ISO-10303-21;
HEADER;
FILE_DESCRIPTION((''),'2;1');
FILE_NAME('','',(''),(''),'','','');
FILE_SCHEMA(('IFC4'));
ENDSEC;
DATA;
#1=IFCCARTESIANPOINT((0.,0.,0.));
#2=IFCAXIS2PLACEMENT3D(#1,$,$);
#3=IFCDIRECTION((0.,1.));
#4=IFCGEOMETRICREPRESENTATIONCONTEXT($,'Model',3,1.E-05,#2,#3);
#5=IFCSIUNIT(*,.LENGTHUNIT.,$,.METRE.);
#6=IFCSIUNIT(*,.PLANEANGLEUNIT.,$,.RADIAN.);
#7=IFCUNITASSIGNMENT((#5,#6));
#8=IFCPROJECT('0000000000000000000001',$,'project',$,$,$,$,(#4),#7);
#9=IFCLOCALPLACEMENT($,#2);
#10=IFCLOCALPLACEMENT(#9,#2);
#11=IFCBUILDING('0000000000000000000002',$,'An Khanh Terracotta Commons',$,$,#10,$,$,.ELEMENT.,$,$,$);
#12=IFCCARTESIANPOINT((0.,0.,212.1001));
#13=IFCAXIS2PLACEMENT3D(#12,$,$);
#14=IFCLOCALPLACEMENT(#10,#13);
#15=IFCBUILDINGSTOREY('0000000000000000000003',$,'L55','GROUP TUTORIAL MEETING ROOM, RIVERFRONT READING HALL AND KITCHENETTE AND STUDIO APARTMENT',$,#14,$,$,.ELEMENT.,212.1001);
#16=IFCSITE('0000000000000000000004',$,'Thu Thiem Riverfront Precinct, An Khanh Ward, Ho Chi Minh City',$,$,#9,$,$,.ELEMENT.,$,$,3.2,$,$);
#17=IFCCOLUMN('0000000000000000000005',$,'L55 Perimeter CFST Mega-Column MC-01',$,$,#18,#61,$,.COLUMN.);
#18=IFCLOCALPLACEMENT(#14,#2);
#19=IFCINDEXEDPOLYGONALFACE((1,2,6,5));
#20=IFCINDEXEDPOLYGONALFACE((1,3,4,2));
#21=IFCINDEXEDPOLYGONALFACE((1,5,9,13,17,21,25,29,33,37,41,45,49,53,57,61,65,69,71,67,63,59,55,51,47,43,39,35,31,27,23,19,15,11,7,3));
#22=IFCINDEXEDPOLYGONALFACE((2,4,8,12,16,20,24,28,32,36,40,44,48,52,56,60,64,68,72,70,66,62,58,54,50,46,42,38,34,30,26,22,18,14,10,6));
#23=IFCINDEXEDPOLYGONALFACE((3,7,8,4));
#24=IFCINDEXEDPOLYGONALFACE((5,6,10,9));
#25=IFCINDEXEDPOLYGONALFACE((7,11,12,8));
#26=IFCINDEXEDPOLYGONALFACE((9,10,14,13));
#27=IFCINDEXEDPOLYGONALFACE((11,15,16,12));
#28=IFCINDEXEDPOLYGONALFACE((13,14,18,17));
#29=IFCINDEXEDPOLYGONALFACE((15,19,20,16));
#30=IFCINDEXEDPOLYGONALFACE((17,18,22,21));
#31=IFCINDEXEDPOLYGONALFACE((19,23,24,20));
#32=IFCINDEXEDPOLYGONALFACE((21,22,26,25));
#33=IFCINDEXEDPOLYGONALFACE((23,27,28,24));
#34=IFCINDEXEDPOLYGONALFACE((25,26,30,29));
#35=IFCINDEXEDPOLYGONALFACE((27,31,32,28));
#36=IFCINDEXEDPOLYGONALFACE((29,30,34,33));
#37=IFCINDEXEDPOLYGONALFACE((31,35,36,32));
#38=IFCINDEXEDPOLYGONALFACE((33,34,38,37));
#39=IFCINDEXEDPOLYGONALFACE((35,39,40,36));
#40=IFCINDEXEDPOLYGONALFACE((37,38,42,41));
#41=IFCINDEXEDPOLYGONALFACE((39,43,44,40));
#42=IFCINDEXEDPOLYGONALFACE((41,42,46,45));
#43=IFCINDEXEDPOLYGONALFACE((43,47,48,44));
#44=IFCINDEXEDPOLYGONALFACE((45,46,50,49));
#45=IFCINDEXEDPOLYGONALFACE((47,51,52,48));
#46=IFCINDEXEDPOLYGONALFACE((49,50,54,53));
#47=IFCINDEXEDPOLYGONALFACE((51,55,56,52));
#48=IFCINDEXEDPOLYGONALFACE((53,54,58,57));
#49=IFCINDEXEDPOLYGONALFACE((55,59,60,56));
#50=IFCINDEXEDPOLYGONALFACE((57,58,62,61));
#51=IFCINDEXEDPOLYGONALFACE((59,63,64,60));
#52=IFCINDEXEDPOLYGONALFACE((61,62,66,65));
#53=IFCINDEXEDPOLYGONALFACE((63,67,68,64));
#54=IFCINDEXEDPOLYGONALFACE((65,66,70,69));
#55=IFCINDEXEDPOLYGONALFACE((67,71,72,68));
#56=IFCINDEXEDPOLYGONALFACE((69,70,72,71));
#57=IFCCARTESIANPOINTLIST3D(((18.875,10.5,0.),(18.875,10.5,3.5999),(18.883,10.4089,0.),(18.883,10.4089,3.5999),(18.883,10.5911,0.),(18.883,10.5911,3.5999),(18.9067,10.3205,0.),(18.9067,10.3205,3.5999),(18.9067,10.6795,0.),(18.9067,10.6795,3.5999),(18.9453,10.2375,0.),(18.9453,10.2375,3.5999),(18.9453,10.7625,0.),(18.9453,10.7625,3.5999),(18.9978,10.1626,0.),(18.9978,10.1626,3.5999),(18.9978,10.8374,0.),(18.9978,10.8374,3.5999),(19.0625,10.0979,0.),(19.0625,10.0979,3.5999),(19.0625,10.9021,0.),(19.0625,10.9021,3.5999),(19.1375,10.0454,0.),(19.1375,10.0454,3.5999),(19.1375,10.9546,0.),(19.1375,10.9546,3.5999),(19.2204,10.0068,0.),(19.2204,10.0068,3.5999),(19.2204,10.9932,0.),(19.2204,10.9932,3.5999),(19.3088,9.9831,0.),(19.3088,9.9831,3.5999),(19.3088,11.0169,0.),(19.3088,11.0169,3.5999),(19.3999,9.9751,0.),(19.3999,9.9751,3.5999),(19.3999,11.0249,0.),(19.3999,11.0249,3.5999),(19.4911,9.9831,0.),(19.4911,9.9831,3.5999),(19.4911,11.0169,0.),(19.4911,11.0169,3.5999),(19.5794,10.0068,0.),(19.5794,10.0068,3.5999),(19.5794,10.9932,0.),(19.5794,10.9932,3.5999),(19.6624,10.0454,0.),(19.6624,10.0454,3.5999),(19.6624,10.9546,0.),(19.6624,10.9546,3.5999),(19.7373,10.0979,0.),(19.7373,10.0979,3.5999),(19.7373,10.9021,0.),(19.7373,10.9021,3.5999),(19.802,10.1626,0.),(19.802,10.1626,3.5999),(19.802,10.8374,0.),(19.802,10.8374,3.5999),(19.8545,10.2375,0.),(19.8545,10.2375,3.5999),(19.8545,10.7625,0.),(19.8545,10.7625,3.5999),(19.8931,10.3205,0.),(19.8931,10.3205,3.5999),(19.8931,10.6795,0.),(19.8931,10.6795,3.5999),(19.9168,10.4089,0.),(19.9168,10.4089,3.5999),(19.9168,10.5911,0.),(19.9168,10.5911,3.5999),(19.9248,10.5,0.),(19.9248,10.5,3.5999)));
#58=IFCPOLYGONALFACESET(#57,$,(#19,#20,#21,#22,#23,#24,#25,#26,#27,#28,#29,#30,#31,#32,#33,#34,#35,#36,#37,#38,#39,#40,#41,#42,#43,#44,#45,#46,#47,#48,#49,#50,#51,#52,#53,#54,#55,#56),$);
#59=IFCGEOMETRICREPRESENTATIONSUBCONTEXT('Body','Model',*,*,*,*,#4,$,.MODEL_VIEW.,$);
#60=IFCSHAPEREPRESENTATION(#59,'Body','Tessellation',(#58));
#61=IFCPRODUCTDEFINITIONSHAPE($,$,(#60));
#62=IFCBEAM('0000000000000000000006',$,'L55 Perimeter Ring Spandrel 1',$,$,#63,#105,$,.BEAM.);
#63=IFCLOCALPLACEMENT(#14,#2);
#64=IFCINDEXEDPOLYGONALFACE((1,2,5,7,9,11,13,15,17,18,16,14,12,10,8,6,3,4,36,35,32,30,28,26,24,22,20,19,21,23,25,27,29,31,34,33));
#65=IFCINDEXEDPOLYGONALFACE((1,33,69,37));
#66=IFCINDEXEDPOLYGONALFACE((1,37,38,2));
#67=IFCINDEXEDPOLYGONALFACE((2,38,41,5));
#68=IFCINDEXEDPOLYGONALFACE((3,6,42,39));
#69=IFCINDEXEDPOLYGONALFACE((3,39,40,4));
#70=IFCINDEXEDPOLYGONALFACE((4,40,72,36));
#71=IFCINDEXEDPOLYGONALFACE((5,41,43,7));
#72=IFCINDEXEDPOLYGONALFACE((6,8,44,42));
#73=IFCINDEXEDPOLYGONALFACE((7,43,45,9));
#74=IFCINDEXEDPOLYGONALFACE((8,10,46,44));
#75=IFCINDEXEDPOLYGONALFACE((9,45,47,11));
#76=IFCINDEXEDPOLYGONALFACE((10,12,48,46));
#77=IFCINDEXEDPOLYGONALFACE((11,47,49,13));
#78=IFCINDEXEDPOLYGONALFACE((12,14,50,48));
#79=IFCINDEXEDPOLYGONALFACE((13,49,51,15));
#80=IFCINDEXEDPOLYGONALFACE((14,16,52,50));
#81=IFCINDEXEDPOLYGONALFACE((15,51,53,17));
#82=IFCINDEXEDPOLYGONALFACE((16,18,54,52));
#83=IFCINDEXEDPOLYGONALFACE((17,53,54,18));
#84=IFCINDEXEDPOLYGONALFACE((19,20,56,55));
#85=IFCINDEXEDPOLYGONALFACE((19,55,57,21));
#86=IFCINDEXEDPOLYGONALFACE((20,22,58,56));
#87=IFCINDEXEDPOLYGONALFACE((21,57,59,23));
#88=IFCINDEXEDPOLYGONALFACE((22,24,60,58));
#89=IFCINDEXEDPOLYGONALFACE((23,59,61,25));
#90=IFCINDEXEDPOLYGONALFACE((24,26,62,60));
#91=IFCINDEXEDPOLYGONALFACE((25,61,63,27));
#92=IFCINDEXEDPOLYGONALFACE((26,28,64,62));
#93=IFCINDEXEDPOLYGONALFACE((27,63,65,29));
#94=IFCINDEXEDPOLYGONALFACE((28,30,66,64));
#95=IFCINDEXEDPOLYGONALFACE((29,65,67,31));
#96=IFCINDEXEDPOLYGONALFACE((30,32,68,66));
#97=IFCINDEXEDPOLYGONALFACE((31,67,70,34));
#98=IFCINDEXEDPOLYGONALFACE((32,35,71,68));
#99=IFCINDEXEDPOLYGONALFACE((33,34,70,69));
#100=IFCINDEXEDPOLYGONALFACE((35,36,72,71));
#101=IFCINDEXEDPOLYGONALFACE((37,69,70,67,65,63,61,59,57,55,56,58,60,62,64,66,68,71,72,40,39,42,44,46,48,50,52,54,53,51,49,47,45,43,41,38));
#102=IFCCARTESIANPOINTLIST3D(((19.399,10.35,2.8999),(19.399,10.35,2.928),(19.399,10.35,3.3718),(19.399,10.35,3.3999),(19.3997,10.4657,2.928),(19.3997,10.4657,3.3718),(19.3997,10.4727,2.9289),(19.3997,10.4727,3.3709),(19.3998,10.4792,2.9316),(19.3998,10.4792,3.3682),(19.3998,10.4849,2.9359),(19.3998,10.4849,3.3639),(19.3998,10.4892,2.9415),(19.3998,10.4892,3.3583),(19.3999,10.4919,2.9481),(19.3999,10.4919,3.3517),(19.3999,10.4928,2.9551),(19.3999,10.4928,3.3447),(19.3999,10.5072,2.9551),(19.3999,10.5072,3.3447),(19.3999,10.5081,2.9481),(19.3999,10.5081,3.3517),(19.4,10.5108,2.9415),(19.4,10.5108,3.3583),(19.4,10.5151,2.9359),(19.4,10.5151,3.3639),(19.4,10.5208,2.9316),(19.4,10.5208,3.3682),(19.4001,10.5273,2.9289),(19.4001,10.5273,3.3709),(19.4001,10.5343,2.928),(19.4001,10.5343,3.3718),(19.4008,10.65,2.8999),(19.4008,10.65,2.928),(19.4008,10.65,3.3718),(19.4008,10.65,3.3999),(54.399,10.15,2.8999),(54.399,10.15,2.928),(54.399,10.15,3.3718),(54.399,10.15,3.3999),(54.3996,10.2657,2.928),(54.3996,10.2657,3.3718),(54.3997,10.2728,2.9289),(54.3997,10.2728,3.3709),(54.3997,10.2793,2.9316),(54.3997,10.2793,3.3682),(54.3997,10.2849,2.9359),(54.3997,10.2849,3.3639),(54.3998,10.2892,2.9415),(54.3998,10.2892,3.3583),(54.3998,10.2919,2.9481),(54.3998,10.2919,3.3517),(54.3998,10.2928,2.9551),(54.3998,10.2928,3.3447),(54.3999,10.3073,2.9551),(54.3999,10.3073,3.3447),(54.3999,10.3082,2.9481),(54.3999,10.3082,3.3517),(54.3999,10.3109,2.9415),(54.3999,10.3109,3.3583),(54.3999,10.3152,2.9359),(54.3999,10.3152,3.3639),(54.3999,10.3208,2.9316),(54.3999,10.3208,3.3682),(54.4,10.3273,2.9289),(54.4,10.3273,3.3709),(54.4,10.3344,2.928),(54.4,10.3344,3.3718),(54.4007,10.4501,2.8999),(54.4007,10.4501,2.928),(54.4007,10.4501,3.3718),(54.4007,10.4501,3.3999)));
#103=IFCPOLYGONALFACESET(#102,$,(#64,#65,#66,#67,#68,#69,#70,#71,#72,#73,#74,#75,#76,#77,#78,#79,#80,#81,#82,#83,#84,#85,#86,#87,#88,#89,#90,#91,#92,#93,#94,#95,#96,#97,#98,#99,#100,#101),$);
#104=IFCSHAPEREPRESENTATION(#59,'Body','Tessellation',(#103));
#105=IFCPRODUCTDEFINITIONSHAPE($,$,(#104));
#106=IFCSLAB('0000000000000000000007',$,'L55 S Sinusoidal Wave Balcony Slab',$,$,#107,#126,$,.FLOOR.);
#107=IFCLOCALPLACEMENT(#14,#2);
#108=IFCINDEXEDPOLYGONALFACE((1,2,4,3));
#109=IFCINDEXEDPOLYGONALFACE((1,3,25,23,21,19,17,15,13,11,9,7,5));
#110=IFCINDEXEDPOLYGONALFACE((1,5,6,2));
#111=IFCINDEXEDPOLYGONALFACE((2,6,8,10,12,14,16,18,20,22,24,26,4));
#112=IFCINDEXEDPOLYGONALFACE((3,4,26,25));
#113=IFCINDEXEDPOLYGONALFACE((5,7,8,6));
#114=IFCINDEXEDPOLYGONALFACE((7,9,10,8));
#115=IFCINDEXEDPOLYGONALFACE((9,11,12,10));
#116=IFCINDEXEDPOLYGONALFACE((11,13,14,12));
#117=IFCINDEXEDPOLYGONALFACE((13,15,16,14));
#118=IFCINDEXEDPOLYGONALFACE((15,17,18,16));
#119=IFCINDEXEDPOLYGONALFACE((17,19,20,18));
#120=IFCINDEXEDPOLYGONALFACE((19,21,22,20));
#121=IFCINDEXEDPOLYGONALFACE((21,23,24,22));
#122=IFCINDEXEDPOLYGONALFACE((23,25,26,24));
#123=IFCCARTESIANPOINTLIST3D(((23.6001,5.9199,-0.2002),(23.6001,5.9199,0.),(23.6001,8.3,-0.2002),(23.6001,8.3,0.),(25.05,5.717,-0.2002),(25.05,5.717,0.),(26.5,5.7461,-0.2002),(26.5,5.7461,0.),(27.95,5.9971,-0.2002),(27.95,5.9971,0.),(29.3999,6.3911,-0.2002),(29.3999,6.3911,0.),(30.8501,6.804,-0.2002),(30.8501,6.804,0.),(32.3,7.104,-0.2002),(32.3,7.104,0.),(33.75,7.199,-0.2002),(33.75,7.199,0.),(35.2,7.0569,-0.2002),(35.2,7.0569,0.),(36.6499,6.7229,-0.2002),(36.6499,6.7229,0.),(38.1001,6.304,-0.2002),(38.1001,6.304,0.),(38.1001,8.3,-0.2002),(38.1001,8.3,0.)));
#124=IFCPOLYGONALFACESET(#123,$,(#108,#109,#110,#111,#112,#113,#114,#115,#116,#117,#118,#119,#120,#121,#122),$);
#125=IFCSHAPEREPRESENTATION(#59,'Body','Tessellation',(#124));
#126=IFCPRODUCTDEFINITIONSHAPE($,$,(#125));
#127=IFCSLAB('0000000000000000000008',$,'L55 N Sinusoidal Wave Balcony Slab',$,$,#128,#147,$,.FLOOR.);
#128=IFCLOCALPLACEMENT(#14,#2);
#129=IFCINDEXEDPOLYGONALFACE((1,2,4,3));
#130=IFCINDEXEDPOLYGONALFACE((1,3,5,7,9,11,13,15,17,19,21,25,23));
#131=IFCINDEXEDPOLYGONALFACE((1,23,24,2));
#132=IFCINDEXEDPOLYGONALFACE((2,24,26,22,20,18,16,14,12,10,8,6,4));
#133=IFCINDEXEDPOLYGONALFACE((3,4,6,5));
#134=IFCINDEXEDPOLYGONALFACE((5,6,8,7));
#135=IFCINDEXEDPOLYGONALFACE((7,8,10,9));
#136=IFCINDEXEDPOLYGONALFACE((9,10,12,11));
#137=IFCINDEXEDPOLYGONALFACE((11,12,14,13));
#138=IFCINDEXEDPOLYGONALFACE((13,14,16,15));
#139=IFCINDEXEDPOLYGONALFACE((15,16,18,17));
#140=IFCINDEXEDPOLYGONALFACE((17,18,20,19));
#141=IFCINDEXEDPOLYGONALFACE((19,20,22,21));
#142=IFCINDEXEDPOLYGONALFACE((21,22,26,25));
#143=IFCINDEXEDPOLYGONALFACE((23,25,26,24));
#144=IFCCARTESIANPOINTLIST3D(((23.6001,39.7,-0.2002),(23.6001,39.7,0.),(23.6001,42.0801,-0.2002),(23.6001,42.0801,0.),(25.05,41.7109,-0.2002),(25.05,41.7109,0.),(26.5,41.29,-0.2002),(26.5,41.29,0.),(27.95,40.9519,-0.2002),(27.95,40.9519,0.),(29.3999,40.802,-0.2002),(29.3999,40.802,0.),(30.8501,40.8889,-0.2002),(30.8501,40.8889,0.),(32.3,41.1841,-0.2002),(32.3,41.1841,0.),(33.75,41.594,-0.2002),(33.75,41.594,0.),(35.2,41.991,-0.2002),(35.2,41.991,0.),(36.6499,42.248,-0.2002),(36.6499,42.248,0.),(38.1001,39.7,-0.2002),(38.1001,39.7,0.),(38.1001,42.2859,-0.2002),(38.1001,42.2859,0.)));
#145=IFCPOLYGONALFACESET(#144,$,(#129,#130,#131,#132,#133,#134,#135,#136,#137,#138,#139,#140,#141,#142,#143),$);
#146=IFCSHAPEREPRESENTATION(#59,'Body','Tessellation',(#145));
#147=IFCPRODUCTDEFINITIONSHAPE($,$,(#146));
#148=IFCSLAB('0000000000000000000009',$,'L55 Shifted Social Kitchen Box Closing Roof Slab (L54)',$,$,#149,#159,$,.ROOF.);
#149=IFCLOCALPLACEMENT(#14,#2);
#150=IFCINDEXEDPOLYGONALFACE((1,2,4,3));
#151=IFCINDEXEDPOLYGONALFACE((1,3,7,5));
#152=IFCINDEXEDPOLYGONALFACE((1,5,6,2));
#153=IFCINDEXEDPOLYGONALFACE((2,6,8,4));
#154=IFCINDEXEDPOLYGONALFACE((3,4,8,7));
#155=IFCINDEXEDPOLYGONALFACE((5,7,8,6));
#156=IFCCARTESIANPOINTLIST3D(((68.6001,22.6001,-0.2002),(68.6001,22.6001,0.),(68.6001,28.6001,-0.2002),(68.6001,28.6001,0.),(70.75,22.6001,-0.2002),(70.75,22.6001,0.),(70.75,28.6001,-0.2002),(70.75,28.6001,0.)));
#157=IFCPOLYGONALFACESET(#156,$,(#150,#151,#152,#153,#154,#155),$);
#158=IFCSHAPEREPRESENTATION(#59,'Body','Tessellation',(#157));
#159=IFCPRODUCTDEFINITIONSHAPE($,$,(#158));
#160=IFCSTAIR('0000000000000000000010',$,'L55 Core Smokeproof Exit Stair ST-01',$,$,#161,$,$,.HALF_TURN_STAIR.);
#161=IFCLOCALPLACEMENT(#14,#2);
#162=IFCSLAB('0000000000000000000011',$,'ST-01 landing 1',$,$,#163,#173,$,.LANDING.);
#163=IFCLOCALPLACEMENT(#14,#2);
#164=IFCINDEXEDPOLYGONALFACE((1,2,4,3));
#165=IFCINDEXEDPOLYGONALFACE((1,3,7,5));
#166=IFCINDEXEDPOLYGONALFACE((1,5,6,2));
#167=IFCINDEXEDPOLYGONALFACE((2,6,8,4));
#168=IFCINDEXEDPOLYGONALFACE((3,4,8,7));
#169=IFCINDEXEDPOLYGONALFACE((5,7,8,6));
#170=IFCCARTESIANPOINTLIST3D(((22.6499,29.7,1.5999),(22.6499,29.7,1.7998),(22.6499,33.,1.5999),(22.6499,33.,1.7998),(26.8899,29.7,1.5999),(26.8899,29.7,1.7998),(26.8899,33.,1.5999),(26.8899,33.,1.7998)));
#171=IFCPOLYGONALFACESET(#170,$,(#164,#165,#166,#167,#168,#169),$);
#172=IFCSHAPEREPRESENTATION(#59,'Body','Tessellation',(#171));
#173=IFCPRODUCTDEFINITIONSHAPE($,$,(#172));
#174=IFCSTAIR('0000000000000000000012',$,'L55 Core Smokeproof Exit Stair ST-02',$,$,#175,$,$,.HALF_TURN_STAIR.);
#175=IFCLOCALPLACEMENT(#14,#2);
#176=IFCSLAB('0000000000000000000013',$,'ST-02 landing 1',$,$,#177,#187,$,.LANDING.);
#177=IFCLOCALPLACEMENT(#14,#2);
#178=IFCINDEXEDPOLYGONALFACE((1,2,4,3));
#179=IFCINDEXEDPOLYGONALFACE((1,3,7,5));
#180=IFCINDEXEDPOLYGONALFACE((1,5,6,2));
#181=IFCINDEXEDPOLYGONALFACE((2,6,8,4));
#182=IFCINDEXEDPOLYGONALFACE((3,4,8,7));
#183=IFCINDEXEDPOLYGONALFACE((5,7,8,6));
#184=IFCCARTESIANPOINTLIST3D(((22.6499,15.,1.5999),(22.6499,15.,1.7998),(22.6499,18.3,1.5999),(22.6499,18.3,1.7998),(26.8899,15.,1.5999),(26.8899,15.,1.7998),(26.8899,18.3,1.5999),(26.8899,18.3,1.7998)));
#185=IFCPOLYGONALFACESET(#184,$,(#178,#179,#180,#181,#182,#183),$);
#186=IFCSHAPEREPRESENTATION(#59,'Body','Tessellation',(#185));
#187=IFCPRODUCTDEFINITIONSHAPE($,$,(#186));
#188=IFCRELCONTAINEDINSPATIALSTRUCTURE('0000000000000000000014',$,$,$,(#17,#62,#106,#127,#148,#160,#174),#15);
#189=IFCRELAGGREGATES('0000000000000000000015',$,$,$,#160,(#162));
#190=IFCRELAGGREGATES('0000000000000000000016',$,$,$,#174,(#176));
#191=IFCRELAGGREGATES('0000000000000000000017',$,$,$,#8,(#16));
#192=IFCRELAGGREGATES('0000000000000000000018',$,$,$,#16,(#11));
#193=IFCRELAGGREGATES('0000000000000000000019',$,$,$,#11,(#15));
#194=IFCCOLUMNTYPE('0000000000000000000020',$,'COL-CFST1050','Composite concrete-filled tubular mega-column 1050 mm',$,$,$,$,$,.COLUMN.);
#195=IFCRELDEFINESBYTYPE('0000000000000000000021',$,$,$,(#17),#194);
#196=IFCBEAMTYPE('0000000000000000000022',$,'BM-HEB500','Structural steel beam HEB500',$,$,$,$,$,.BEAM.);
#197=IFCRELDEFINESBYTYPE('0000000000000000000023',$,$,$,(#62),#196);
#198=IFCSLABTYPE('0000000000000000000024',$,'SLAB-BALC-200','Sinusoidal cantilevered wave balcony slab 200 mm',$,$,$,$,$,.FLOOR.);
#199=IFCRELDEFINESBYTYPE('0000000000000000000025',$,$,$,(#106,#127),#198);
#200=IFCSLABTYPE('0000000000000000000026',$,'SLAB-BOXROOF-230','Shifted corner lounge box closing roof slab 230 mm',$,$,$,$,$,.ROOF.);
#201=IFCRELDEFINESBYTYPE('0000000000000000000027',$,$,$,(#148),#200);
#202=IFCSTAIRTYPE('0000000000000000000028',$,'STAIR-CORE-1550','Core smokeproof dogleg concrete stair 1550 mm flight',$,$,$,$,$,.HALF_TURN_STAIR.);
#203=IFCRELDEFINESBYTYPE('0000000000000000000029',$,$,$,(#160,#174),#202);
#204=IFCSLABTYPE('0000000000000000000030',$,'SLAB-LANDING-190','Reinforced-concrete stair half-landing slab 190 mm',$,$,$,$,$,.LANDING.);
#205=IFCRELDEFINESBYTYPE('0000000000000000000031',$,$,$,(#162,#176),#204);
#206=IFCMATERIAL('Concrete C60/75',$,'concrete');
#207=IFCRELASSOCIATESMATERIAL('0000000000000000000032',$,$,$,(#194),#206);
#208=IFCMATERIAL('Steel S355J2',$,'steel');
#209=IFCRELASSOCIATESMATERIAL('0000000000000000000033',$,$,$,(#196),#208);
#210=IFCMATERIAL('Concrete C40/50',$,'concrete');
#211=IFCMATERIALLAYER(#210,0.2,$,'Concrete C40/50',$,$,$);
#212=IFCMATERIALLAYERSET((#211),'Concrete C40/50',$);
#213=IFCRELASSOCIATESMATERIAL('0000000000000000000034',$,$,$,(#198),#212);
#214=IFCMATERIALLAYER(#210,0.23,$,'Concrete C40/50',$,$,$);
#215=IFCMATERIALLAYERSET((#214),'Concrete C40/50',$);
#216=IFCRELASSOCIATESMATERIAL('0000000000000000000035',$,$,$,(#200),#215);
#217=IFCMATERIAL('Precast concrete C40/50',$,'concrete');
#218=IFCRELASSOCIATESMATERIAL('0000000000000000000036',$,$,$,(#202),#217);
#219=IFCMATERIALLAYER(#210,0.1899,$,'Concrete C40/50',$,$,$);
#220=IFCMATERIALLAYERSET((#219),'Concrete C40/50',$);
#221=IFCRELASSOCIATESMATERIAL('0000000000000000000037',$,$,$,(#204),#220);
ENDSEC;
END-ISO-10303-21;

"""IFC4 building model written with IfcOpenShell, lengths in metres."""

from ifc_helpers import new_model, si_unit, direction, frame, origin, origin_2d, place, context, subcontext, project, spatial, polyline, circle, i_section, outline, extrude, material, layer, layer_set, material_profile, profile_set, type_object, element, aggregate, save


model = new_model("IFC4")

# Units and contexts
model_context = context("Model", 3, precision=1e-05, world=origin(), true_north=direction((0.0, 1.0)))
body_context = subcontext(model_context, "Body", "Model", "MODEL_VIEW")
ifc_project = project(units=[si_unit("LENGTHUNIT", "METRE"), si_unit("PLANEANGLEUNIT", "RADIAN")], contexts=[model_context])

# Site, building, storey
site_placement = place(None, origin())
site = spatial("IfcSite", under=ifc_project, at=site_placement, Name="Thu Thiem Riverfront Precinct, An Khanh Ward, Ho Chi Minh City", CompositionType="ELEMENT", RefElevation=3.2)
building_placement = place(site_placement, origin())
building = spatial("IfcBuilding", under=site, at=building_placement, Name="An Khanh Terracotta Commons", CompositionType="ELEMENT")
storey_placement = place(building_placement, frame((0.0, 0.0, 212.1001)))
storey = spatial("IfcBuildingStorey", under=building, at=storey_placement, Name="L55", Description="GROUP TUTORIAL MEETING ROOM, RIVERFRONT READING HALL AND KITCHENETTE AND STUDIO APARTMENT", CompositionType="ELEMENT", Elevation=212.1001)

# Column
ifc_material_1 = material(Name="Concrete C60/75", Category="concrete")
ifc_material_profile_1 = material_profile(ifc_material_1, circle(Radius=0.5249, at=origin_2d()), Name="CFST1050")
ifc_profile_set_1 = profile_set([ifc_material_profile_1], Name="Concrete C60/75")
column_type = type_object("IfcColumnType", Name="COL-CFST1050", Description="Composite concrete-filled tubular mega-column 1050 mm", PredefinedType="COLUMN", material=ifc_profile_set_1)
column_placement = place(storey_placement, frame((19.3999, 10.5, 0.0), z_axis=(0.0, 0.0, 1.0), x_axis=(1.0, 0.0, 0.0)))
element("IfcColumn", 1, at=column_placement, inside=storey, type_object=column_type, Name="L55 Perimeter CFST Mega-Column MC-01", PredefinedType="COLUMN", context=body_context, shape_type="SweptSolid", body=[
    extrude(circle(Radius=0.5249, at=origin_2d()), origin(), (0.0, 0.0, 1.0), 3.5999),
])

# Beam
ifc_material_2 = material(Name="Steel S355J2", Category="steel")
ifc_material_profile_2 = material_profile(ifc_material_2, i_section(OverallWidth=0.3, OverallDepth=0.5, WebThickness=0.0144, FlangeThickness=0.0281, FilletRadius=0.0271, at=origin_2d()), Name="HEB500")
ifc_profile_set_2 = profile_set([ifc_material_profile_2], Name="Steel S355J2")
beam_type = type_object("IfcBeamType", Name="BM-HEB500", Description="Structural steel beam HEB500", PredefinedType="BEAM", material=ifc_profile_set_2)
beam_placement = place(storey_placement, frame((19.3999, 10.5, 3.1499), z_axis=(0.999984, -0.005713, 0.0), x_axis=(0.005713, 0.999984, 0.0)))
element("IfcBeam", 2, at=beam_placement, inside=storey, type_object=beam_type, Name="L55 Perimeter Ring Spandrel 1", PredefinedType="BEAM", context=body_context, shape_type="SweptSolid", body=[
    extrude(i_section(OverallWidth=0.3, OverallDepth=0.5, WebThickness=0.0144, FlangeThickness=0.0281, FilletRadius=0.0271, at=origin_2d()), origin(), (0.0, 0.0, 1.0), 35.0005),
])

# Slabs
ifc_material_3 = material(Name="Concrete C40/50", Category="concrete")
ifc_layer_1 = layer(ifc_material_3, 0.2, Name="Concrete C40/50")
ifc_layer_set_1 = layer_set([ifc_layer_1], Name="Concrete C40/50")
slab_type_1 = type_object("IfcSlabType", Name="SLAB-BALC-200", Description="Sinusoidal cantilevered wave balcony slab 200 mm", PredefinedType="FLOOR", material=ifc_layer_set_1)
slab_1_placement = place(storey_placement, frame((0.0, 0.0, -0.2002)))
element("IfcSlab", 3, at=slab_1_placement, inside=storey, type_object=slab_type_1, Name="L55 S Sinusoidal Wave Balcony Slab", PredefinedType="FLOOR", context=body_context, shape_type="SweptSolid", body=[
    extrude(outline(polyline([(23.6001, 8.3), (23.6001, 5.9199), (25.05, 5.717), (26.5, 5.7461), (27.95, 5.9971), (29.3999, 6.3911), (30.8501, 6.804), (32.3, 7.104), (33.75, 7.199), (35.2, 7.0569), (36.6499, 6.7229), (38.1001, 6.304), (38.1001, 8.3), (23.6001, 8.3)])), origin(), (0.0, 0.0, 1.0), 0.2002),
])
slab_2_placement = place(storey_placement, frame((0.0, 0.0, -0.2002)))
element("IfcSlab", 4, at=slab_2_placement, inside=storey, type_object=slab_type_1, Name="L55 N Sinusoidal Wave Balcony Slab", PredefinedType="FLOOR", context=body_context, shape_type="SweptSolid", body=[
    extrude(outline(polyline([(38.1001, 39.7), (38.1001, 42.2859), (36.6499, 42.248), (35.2, 41.991), (33.75, 41.594), (32.3, 41.1841), (30.8501, 40.8889), (29.3999, 40.802), (27.95, 40.9519), (26.5, 41.29), (25.05, 41.7109), (23.6001, 42.0801), (23.6001, 39.7), (38.1001, 39.7)])), origin(), (0.0, 0.0, 1.0), 0.2002),
])
ifc_layer_2 = layer(ifc_material_3, 0.23, Name="Concrete C40/50")
ifc_layer_set_2 = layer_set([ifc_layer_2], Name="Concrete C40/50")
slab_type_2 = type_object("IfcSlabType", Name="SLAB-BOXROOF-230", Description="Shifted corner lounge box closing roof slab 230 mm", PredefinedType="ROOF", material=ifc_layer_set_2)
slab_3_placement = place(storey_placement, frame((0.0, 0.0, -0.2002)))
element("IfcSlab", 5, at=slab_3_placement, inside=storey, type_object=slab_type_2, Name="L55 Shifted Social Kitchen Box Closing Roof Slab (L54)", PredefinedType="ROOF", context=body_context, shape_type="SweptSolid", body=[
    extrude(outline(polyline([(68.6001, 22.6001), (70.75, 22.6001), (70.75, 28.6001), (68.6001, 28.6001), (68.6001, 22.6001)])), origin(), (0.0, 0.0, 1.0), 0.2002),
])

# Stairs, slabs
ifc_material_4 = material(Name="Precast concrete C40/50", Category="concrete")
stair_type = type_object("IfcStairType", Name="STAIR-CORE-1550", Description="Core smokeproof dogleg concrete stair 1550 mm flight", PredefinedType="HALF_TURN_STAIR", material=ifc_material_4)
stair_1_placement = place(storey_placement, origin())
stair_1 = element("IfcStair", 6, at=stair_1_placement, inside=storey, type_object=stair_type, Name="L55 Core Smokeproof Exit Stair ST-01", PredefinedType="HALF_TURN_STAIR")
ifc_layer_3 = layer(ifc_material_3, 0.1899, Name="Concrete C40/50")
ifc_layer_set_3 = layer_set([ifc_layer_3], Name="Concrete C40/50")
slab_type_3 = type_object("IfcSlabType", Name="SLAB-LANDING-190", Description="Reinforced-concrete stair half-landing slab 190 mm", PredefinedType="LANDING", material=ifc_layer_set_3)
slab_4_placement = place(storey_placement, frame((0.0, 0.0, 1.5999)))
slab_4 = element("IfcSlab", 7, at=slab_4_placement, type_object=slab_type_3, Name="ST-01 landing 1", PredefinedType="LANDING", context=body_context, shape_type="SweptSolid", body=[
    extrude(outline(polyline([(26.8899, 33.0), (22.6499, 33.0), (22.6499, 29.7), (26.8899, 29.7), (26.8899, 33.0)])), origin(), (0.0, 0.0, 1.0), 0.2),
])
aggregate(stair_1, [slab_4])
stair_2_placement = place(storey_placement, origin())
stair_2 = element("IfcStair", 8, at=stair_2_placement, inside=storey, type_object=stair_type, Name="L55 Core Smokeproof Exit Stair ST-02", PredefinedType="HALF_TURN_STAIR")
slab_5_placement = place(storey_placement, frame((0.0, 0.0, 1.5999)))
slab_5 = element("IfcSlab", 9, at=slab_5_placement, type_object=slab_type_3, Name="ST-02 landing 1", PredefinedType="LANDING", context=body_context, shape_type="SweptSolid", body=[
    extrude(outline(polyline([(26.8899, 18.3), (22.6499, 18.3), (22.6499, 15.0), (26.8899, 15.0), (26.8899, 18.3)])), origin(), (0.0, 0.0, 1.0), 0.2),
])
aggregate(stair_2, [slab_5])

save(model, "model.ifc")
